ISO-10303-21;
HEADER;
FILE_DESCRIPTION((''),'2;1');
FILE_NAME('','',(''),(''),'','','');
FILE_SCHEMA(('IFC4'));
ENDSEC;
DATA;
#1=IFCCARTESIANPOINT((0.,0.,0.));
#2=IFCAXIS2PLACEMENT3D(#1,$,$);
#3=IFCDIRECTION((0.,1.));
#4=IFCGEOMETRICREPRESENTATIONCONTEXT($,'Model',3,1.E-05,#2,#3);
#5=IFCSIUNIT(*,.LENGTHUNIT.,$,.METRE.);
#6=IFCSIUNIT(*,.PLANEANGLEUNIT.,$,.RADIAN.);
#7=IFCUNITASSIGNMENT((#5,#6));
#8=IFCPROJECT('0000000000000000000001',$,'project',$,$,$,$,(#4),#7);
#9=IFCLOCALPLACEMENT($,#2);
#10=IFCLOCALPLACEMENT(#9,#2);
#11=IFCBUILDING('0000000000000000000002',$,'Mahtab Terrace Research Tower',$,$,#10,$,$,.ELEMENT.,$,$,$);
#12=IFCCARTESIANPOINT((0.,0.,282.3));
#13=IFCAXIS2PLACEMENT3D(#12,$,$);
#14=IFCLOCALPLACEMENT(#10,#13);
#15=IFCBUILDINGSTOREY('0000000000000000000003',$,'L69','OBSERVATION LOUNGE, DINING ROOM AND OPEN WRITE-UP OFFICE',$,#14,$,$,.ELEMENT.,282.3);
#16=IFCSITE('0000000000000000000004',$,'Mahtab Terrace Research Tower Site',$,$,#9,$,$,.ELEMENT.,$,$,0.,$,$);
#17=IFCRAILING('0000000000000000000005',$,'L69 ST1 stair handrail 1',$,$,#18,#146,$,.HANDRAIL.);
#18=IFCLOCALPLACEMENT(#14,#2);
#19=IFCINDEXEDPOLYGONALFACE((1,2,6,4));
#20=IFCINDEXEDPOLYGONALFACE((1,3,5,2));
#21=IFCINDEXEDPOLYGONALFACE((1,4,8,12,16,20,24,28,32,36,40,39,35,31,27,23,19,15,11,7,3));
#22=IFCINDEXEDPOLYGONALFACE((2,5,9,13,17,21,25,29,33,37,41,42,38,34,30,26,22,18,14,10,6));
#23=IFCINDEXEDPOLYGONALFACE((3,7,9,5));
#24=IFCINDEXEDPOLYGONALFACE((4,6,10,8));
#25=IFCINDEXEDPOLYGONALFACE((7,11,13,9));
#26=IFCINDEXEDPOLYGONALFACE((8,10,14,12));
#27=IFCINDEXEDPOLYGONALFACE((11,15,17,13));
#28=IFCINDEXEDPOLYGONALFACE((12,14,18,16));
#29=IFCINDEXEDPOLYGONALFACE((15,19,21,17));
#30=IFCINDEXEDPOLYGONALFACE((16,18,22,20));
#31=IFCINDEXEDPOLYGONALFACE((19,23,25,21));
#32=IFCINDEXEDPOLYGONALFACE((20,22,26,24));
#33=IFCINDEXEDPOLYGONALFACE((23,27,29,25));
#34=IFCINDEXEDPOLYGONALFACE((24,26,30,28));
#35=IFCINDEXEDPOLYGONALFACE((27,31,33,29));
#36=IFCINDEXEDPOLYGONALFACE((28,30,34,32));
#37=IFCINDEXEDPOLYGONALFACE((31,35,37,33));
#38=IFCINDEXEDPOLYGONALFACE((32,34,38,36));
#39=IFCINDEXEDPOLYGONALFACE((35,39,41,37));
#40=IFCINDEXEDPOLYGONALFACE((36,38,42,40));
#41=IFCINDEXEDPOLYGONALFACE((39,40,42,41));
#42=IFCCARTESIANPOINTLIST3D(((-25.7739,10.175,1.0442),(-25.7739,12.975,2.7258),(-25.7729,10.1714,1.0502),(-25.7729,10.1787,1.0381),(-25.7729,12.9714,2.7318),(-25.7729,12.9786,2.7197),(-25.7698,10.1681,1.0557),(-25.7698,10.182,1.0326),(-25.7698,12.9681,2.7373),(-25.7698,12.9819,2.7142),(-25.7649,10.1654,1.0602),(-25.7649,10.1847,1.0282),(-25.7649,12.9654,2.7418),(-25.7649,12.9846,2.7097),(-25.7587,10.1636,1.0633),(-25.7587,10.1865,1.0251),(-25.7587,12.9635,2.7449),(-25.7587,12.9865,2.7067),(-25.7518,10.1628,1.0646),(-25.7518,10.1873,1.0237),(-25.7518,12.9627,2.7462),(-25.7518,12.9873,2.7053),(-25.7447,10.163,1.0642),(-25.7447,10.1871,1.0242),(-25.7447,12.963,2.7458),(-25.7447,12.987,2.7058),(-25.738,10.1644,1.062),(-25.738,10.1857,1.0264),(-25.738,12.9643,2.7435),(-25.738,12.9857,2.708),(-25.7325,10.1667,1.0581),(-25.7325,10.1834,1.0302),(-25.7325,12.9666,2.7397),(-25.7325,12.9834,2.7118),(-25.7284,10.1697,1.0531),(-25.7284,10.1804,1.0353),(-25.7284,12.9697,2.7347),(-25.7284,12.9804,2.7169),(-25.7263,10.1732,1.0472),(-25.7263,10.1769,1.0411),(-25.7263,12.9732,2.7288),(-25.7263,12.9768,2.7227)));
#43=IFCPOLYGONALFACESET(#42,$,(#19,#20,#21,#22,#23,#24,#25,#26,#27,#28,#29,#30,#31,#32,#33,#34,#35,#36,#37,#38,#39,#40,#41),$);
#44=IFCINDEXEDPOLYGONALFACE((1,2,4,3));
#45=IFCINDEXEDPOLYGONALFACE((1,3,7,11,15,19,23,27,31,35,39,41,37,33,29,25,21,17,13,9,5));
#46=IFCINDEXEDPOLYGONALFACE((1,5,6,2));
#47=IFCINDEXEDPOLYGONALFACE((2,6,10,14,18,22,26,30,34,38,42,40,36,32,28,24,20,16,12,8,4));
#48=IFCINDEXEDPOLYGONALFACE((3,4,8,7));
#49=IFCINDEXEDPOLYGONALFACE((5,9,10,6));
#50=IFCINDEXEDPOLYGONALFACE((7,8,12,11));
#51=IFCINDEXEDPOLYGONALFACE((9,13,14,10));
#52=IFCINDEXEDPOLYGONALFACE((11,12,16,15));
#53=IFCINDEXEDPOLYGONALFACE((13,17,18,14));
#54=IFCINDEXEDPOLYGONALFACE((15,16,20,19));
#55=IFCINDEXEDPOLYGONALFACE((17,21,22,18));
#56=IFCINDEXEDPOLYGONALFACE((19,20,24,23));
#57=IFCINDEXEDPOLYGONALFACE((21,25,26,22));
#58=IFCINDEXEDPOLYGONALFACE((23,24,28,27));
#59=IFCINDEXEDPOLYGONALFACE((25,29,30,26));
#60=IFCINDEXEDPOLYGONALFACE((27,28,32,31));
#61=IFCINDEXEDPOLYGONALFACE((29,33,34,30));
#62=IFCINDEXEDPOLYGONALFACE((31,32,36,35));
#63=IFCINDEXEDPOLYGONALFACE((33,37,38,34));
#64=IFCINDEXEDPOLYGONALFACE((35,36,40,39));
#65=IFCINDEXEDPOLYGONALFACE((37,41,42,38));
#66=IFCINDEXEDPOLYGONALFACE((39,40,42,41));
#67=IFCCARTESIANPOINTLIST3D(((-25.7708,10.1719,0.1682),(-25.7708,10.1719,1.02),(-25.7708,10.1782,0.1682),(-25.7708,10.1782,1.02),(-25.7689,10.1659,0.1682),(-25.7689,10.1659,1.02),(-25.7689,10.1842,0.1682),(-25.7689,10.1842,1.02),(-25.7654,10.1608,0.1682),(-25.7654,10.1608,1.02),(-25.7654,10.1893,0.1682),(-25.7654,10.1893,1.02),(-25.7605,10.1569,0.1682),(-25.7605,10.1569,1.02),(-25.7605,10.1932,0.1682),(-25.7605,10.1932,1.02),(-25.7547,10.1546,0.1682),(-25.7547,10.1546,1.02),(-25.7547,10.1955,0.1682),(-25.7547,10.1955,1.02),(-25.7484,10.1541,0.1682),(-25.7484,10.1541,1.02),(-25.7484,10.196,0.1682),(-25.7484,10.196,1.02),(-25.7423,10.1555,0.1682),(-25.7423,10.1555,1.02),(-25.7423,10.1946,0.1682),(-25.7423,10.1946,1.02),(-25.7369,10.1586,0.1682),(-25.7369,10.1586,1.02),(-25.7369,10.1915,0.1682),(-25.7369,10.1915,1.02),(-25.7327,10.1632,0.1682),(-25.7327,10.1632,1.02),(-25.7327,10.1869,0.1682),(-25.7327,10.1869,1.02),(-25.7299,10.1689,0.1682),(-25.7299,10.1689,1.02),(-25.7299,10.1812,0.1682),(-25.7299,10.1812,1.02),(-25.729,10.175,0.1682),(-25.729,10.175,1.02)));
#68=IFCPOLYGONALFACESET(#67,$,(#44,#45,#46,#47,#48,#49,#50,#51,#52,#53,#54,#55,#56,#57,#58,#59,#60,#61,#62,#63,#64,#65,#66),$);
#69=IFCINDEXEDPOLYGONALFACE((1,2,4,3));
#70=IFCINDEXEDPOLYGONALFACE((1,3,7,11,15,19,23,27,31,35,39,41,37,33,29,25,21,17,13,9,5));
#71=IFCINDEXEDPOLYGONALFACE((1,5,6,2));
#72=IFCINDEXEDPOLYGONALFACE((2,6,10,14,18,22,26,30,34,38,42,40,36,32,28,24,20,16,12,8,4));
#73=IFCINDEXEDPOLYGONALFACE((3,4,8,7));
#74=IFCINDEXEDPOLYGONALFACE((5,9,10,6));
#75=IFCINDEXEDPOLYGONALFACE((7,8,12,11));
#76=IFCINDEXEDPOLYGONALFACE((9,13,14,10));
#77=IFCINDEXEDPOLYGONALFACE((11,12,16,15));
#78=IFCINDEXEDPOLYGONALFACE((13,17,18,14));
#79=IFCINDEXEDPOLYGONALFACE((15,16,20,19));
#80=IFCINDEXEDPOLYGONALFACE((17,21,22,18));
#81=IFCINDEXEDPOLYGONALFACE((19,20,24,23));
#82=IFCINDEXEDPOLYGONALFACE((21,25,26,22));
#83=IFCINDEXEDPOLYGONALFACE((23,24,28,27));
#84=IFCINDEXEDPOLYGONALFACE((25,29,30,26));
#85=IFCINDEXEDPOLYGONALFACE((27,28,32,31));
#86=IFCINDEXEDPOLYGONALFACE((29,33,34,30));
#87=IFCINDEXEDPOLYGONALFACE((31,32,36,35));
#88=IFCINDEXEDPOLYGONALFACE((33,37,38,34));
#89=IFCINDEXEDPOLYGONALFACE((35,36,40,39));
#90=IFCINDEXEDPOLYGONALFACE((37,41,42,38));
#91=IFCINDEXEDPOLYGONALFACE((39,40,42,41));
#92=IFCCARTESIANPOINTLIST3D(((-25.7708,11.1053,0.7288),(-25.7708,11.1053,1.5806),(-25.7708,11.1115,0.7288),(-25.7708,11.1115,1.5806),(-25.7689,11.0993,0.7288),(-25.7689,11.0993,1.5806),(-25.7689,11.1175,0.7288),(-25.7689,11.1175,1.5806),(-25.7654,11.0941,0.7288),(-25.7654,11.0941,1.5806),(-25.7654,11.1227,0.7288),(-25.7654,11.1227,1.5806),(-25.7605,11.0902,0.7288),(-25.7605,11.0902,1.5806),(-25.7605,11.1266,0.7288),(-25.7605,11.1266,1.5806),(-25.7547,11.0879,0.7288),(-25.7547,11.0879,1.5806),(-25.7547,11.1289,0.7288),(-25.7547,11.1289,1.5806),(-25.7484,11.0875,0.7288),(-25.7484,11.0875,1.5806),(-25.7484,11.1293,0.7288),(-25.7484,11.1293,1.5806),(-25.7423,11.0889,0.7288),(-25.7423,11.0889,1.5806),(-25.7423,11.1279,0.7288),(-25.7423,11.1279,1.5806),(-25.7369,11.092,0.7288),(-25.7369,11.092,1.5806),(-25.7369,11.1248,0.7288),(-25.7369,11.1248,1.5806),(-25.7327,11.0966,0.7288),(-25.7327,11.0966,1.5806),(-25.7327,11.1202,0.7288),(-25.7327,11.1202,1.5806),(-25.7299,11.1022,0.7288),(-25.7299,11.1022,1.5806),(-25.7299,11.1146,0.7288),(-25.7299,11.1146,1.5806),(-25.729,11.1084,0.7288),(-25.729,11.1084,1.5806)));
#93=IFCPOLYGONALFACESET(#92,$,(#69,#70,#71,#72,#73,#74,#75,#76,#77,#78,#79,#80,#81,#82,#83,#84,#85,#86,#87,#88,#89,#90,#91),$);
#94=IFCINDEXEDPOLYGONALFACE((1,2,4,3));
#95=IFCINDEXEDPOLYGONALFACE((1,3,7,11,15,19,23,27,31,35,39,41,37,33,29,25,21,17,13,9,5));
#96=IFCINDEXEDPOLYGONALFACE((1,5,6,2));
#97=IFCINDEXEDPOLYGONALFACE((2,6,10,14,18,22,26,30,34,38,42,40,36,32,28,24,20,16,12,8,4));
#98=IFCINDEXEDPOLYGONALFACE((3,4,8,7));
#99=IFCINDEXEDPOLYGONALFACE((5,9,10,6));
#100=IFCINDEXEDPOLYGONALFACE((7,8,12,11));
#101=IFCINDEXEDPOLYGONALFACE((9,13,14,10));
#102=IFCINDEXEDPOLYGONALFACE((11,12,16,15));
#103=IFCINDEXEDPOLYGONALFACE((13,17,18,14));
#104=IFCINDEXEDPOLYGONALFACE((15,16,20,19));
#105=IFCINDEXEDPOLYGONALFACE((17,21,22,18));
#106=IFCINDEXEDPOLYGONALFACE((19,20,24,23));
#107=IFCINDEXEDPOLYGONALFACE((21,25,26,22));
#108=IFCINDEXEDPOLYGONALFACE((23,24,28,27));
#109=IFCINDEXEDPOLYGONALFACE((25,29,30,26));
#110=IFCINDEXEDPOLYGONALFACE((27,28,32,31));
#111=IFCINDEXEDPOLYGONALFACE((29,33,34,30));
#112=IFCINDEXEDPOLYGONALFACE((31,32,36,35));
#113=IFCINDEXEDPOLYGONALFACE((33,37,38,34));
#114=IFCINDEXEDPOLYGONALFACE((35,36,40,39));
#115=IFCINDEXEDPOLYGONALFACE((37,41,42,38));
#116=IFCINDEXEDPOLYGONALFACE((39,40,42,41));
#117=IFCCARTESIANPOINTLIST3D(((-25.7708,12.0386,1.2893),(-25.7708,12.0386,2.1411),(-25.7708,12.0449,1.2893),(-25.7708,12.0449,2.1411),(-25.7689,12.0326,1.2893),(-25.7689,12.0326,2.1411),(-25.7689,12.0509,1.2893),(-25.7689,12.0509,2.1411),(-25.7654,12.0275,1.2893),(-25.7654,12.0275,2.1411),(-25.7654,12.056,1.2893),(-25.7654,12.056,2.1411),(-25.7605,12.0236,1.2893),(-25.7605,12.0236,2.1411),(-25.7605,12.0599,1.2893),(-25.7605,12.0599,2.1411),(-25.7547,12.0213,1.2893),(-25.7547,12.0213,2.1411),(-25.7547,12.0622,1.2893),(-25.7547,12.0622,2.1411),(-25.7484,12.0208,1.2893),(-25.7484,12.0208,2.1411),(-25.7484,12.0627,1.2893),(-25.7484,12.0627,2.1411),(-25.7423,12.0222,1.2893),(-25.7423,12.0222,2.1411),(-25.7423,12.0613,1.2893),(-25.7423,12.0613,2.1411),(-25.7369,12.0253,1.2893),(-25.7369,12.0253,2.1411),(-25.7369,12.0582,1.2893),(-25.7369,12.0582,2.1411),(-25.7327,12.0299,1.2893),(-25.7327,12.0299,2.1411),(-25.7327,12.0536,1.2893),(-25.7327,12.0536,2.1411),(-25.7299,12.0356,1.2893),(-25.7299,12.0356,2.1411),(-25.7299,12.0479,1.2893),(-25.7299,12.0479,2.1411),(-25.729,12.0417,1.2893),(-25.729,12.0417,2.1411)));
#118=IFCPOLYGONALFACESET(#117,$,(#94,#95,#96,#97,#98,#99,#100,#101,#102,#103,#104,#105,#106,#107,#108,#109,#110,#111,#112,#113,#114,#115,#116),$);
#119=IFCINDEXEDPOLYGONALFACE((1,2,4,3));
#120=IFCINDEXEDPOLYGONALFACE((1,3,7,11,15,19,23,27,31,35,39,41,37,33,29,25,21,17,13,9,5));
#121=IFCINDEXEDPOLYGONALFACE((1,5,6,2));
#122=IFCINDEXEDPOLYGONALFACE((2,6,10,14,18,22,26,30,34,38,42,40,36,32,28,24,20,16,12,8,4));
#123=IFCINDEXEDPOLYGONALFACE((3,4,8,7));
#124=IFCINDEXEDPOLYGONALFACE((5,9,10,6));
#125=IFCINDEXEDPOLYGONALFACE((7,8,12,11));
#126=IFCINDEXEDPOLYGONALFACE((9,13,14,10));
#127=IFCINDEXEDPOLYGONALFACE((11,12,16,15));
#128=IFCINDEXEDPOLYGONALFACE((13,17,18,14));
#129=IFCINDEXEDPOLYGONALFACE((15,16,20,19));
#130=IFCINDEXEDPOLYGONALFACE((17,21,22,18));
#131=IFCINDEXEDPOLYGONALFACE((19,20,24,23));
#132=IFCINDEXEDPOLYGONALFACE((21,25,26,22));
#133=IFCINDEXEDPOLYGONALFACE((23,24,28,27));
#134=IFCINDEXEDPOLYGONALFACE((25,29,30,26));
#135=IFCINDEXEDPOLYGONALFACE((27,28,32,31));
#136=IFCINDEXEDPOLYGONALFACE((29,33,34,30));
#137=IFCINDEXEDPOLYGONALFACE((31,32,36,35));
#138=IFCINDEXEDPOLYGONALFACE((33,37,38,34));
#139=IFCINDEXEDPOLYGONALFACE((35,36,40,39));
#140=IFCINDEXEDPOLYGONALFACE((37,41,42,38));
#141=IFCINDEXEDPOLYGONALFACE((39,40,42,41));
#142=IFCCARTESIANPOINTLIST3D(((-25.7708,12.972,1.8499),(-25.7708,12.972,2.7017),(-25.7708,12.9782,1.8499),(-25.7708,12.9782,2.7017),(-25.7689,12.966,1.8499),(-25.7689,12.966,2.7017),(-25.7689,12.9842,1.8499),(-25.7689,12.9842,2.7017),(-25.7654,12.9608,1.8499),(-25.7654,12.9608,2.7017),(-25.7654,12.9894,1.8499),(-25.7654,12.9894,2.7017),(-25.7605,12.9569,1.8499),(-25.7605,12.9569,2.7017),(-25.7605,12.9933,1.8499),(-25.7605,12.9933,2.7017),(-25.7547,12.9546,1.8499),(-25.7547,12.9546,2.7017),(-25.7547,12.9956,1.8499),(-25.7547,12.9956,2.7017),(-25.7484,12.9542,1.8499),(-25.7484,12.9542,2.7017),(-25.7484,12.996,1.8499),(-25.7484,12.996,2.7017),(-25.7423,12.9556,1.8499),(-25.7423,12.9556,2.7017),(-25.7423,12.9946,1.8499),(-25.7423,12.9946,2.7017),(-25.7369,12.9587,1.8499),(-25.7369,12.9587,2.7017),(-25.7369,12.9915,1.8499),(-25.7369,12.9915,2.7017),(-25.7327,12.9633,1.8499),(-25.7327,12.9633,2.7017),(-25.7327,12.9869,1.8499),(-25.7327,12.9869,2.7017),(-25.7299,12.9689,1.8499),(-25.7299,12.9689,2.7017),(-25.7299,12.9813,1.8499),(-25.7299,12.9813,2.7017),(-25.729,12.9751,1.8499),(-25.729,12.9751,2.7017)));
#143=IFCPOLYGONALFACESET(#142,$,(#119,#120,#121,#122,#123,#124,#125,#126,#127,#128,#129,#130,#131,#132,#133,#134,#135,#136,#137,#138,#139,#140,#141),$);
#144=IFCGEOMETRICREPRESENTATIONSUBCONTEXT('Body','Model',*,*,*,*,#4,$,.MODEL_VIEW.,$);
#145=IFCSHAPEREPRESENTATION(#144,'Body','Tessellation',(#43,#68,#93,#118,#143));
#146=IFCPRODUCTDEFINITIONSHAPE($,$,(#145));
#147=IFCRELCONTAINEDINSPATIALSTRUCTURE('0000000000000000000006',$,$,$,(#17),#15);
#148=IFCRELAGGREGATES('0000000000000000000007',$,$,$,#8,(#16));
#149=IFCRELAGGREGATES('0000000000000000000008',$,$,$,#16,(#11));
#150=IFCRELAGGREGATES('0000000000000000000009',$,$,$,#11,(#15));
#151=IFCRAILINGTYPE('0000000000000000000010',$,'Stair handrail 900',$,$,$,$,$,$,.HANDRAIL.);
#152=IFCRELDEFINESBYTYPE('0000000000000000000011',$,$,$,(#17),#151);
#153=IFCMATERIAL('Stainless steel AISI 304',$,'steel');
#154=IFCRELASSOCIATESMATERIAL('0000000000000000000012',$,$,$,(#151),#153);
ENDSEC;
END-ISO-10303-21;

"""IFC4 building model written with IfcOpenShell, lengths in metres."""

from ifc_helpers import new_model, si_unit, direction, frame, origin, origin_2d, place, context, subcontext, project, spatial, circle, extrude, material, type_object, element, save


model = new_model("IFC4")

# Units and contexts
model_context = context("Model", 3, precision=1e-05, world=origin(), true_north=direction((0.0, 1.0)))
body_context = subcontext(model_context, "Body", "Model", "MODEL_VIEW")
ifc_project = project(units=[si_unit("LENGTHUNIT", "METRE"), si_unit("PLANEANGLEUNIT", "RADIAN")], contexts=[model_context])

# Site, building, storey
site_placement = place(None, origin())
site = spatial("IfcSite", under=ifc_project, at=site_placement, Name="Mahtab Terrace Research Tower Site", CompositionType="ELEMENT", RefElevation=0.0)
building_placement = place(site_placement, origin())
building = spatial("IfcBuilding", under=site, at=building_placement, Name="Mahtab Terrace Research Tower", CompositionType="ELEMENT")
storey_placement = place(building_placement, frame((0.0, 0.0, 282.3)))
storey = spatial("IfcBuildingStorey", under=building, at=storey_placement, Name="L69", Description="OBSERVATION LOUNGE, DINING ROOM AND OPEN WRITE-UP OFFICE", CompositionType="ELEMENT", Elevation=282.3)

# Railing
ifc_material_1 = material(Name="Stainless steel AISI 304", Category="steel")
railing_type_1 = type_object("IfcRailingType", Name="Stair handrail 900", PredefinedType="HANDRAIL", material=ifc_material_1)
railing_1_placement = place(storey_placement, frame((-25.75, 10.175, 0.1682)))
element("IfcRailing", 1, at=railing_1_placement, inside=storey, type_object=railing_type_1, Name="L69 ST1 stair handrail 1", PredefinedType="HANDRAIL", context=body_context, shape_type="SweptSolid", body=[
    extrude(circle(Radius=0.0239, at=origin_2d()), frame((0.0, 0.0, 0.876), z_axis=(0.0, 0.857275, 0.514858), x_axis=(-1.0, 0.0, 0.0)), (0.0, 0.0, 1.0), 3.2661),
    extrude(circle(Radius=0.021, at=origin_2d()), origin(), (0.0, 0.0, 1.0), 0.8518),
    extrude(circle(Radius=0.021, at=origin_2d()), frame((0.0, 0.9333, 0.5605)), (0.0, 0.0, 1.0), 0.8518),
    extrude(circle(Radius=0.021, at=origin_2d()), frame((0.0, 1.8667, 1.1211)), (0.0, 0.0, 1.0), 0.8518),
    extrude(circle(Radius=0.021, at=origin_2d()), frame((0.0, 2.8, 1.6816)), (0.0, 0.0, 1.0), 0.8518),
])

save(model, "model.ifc")
